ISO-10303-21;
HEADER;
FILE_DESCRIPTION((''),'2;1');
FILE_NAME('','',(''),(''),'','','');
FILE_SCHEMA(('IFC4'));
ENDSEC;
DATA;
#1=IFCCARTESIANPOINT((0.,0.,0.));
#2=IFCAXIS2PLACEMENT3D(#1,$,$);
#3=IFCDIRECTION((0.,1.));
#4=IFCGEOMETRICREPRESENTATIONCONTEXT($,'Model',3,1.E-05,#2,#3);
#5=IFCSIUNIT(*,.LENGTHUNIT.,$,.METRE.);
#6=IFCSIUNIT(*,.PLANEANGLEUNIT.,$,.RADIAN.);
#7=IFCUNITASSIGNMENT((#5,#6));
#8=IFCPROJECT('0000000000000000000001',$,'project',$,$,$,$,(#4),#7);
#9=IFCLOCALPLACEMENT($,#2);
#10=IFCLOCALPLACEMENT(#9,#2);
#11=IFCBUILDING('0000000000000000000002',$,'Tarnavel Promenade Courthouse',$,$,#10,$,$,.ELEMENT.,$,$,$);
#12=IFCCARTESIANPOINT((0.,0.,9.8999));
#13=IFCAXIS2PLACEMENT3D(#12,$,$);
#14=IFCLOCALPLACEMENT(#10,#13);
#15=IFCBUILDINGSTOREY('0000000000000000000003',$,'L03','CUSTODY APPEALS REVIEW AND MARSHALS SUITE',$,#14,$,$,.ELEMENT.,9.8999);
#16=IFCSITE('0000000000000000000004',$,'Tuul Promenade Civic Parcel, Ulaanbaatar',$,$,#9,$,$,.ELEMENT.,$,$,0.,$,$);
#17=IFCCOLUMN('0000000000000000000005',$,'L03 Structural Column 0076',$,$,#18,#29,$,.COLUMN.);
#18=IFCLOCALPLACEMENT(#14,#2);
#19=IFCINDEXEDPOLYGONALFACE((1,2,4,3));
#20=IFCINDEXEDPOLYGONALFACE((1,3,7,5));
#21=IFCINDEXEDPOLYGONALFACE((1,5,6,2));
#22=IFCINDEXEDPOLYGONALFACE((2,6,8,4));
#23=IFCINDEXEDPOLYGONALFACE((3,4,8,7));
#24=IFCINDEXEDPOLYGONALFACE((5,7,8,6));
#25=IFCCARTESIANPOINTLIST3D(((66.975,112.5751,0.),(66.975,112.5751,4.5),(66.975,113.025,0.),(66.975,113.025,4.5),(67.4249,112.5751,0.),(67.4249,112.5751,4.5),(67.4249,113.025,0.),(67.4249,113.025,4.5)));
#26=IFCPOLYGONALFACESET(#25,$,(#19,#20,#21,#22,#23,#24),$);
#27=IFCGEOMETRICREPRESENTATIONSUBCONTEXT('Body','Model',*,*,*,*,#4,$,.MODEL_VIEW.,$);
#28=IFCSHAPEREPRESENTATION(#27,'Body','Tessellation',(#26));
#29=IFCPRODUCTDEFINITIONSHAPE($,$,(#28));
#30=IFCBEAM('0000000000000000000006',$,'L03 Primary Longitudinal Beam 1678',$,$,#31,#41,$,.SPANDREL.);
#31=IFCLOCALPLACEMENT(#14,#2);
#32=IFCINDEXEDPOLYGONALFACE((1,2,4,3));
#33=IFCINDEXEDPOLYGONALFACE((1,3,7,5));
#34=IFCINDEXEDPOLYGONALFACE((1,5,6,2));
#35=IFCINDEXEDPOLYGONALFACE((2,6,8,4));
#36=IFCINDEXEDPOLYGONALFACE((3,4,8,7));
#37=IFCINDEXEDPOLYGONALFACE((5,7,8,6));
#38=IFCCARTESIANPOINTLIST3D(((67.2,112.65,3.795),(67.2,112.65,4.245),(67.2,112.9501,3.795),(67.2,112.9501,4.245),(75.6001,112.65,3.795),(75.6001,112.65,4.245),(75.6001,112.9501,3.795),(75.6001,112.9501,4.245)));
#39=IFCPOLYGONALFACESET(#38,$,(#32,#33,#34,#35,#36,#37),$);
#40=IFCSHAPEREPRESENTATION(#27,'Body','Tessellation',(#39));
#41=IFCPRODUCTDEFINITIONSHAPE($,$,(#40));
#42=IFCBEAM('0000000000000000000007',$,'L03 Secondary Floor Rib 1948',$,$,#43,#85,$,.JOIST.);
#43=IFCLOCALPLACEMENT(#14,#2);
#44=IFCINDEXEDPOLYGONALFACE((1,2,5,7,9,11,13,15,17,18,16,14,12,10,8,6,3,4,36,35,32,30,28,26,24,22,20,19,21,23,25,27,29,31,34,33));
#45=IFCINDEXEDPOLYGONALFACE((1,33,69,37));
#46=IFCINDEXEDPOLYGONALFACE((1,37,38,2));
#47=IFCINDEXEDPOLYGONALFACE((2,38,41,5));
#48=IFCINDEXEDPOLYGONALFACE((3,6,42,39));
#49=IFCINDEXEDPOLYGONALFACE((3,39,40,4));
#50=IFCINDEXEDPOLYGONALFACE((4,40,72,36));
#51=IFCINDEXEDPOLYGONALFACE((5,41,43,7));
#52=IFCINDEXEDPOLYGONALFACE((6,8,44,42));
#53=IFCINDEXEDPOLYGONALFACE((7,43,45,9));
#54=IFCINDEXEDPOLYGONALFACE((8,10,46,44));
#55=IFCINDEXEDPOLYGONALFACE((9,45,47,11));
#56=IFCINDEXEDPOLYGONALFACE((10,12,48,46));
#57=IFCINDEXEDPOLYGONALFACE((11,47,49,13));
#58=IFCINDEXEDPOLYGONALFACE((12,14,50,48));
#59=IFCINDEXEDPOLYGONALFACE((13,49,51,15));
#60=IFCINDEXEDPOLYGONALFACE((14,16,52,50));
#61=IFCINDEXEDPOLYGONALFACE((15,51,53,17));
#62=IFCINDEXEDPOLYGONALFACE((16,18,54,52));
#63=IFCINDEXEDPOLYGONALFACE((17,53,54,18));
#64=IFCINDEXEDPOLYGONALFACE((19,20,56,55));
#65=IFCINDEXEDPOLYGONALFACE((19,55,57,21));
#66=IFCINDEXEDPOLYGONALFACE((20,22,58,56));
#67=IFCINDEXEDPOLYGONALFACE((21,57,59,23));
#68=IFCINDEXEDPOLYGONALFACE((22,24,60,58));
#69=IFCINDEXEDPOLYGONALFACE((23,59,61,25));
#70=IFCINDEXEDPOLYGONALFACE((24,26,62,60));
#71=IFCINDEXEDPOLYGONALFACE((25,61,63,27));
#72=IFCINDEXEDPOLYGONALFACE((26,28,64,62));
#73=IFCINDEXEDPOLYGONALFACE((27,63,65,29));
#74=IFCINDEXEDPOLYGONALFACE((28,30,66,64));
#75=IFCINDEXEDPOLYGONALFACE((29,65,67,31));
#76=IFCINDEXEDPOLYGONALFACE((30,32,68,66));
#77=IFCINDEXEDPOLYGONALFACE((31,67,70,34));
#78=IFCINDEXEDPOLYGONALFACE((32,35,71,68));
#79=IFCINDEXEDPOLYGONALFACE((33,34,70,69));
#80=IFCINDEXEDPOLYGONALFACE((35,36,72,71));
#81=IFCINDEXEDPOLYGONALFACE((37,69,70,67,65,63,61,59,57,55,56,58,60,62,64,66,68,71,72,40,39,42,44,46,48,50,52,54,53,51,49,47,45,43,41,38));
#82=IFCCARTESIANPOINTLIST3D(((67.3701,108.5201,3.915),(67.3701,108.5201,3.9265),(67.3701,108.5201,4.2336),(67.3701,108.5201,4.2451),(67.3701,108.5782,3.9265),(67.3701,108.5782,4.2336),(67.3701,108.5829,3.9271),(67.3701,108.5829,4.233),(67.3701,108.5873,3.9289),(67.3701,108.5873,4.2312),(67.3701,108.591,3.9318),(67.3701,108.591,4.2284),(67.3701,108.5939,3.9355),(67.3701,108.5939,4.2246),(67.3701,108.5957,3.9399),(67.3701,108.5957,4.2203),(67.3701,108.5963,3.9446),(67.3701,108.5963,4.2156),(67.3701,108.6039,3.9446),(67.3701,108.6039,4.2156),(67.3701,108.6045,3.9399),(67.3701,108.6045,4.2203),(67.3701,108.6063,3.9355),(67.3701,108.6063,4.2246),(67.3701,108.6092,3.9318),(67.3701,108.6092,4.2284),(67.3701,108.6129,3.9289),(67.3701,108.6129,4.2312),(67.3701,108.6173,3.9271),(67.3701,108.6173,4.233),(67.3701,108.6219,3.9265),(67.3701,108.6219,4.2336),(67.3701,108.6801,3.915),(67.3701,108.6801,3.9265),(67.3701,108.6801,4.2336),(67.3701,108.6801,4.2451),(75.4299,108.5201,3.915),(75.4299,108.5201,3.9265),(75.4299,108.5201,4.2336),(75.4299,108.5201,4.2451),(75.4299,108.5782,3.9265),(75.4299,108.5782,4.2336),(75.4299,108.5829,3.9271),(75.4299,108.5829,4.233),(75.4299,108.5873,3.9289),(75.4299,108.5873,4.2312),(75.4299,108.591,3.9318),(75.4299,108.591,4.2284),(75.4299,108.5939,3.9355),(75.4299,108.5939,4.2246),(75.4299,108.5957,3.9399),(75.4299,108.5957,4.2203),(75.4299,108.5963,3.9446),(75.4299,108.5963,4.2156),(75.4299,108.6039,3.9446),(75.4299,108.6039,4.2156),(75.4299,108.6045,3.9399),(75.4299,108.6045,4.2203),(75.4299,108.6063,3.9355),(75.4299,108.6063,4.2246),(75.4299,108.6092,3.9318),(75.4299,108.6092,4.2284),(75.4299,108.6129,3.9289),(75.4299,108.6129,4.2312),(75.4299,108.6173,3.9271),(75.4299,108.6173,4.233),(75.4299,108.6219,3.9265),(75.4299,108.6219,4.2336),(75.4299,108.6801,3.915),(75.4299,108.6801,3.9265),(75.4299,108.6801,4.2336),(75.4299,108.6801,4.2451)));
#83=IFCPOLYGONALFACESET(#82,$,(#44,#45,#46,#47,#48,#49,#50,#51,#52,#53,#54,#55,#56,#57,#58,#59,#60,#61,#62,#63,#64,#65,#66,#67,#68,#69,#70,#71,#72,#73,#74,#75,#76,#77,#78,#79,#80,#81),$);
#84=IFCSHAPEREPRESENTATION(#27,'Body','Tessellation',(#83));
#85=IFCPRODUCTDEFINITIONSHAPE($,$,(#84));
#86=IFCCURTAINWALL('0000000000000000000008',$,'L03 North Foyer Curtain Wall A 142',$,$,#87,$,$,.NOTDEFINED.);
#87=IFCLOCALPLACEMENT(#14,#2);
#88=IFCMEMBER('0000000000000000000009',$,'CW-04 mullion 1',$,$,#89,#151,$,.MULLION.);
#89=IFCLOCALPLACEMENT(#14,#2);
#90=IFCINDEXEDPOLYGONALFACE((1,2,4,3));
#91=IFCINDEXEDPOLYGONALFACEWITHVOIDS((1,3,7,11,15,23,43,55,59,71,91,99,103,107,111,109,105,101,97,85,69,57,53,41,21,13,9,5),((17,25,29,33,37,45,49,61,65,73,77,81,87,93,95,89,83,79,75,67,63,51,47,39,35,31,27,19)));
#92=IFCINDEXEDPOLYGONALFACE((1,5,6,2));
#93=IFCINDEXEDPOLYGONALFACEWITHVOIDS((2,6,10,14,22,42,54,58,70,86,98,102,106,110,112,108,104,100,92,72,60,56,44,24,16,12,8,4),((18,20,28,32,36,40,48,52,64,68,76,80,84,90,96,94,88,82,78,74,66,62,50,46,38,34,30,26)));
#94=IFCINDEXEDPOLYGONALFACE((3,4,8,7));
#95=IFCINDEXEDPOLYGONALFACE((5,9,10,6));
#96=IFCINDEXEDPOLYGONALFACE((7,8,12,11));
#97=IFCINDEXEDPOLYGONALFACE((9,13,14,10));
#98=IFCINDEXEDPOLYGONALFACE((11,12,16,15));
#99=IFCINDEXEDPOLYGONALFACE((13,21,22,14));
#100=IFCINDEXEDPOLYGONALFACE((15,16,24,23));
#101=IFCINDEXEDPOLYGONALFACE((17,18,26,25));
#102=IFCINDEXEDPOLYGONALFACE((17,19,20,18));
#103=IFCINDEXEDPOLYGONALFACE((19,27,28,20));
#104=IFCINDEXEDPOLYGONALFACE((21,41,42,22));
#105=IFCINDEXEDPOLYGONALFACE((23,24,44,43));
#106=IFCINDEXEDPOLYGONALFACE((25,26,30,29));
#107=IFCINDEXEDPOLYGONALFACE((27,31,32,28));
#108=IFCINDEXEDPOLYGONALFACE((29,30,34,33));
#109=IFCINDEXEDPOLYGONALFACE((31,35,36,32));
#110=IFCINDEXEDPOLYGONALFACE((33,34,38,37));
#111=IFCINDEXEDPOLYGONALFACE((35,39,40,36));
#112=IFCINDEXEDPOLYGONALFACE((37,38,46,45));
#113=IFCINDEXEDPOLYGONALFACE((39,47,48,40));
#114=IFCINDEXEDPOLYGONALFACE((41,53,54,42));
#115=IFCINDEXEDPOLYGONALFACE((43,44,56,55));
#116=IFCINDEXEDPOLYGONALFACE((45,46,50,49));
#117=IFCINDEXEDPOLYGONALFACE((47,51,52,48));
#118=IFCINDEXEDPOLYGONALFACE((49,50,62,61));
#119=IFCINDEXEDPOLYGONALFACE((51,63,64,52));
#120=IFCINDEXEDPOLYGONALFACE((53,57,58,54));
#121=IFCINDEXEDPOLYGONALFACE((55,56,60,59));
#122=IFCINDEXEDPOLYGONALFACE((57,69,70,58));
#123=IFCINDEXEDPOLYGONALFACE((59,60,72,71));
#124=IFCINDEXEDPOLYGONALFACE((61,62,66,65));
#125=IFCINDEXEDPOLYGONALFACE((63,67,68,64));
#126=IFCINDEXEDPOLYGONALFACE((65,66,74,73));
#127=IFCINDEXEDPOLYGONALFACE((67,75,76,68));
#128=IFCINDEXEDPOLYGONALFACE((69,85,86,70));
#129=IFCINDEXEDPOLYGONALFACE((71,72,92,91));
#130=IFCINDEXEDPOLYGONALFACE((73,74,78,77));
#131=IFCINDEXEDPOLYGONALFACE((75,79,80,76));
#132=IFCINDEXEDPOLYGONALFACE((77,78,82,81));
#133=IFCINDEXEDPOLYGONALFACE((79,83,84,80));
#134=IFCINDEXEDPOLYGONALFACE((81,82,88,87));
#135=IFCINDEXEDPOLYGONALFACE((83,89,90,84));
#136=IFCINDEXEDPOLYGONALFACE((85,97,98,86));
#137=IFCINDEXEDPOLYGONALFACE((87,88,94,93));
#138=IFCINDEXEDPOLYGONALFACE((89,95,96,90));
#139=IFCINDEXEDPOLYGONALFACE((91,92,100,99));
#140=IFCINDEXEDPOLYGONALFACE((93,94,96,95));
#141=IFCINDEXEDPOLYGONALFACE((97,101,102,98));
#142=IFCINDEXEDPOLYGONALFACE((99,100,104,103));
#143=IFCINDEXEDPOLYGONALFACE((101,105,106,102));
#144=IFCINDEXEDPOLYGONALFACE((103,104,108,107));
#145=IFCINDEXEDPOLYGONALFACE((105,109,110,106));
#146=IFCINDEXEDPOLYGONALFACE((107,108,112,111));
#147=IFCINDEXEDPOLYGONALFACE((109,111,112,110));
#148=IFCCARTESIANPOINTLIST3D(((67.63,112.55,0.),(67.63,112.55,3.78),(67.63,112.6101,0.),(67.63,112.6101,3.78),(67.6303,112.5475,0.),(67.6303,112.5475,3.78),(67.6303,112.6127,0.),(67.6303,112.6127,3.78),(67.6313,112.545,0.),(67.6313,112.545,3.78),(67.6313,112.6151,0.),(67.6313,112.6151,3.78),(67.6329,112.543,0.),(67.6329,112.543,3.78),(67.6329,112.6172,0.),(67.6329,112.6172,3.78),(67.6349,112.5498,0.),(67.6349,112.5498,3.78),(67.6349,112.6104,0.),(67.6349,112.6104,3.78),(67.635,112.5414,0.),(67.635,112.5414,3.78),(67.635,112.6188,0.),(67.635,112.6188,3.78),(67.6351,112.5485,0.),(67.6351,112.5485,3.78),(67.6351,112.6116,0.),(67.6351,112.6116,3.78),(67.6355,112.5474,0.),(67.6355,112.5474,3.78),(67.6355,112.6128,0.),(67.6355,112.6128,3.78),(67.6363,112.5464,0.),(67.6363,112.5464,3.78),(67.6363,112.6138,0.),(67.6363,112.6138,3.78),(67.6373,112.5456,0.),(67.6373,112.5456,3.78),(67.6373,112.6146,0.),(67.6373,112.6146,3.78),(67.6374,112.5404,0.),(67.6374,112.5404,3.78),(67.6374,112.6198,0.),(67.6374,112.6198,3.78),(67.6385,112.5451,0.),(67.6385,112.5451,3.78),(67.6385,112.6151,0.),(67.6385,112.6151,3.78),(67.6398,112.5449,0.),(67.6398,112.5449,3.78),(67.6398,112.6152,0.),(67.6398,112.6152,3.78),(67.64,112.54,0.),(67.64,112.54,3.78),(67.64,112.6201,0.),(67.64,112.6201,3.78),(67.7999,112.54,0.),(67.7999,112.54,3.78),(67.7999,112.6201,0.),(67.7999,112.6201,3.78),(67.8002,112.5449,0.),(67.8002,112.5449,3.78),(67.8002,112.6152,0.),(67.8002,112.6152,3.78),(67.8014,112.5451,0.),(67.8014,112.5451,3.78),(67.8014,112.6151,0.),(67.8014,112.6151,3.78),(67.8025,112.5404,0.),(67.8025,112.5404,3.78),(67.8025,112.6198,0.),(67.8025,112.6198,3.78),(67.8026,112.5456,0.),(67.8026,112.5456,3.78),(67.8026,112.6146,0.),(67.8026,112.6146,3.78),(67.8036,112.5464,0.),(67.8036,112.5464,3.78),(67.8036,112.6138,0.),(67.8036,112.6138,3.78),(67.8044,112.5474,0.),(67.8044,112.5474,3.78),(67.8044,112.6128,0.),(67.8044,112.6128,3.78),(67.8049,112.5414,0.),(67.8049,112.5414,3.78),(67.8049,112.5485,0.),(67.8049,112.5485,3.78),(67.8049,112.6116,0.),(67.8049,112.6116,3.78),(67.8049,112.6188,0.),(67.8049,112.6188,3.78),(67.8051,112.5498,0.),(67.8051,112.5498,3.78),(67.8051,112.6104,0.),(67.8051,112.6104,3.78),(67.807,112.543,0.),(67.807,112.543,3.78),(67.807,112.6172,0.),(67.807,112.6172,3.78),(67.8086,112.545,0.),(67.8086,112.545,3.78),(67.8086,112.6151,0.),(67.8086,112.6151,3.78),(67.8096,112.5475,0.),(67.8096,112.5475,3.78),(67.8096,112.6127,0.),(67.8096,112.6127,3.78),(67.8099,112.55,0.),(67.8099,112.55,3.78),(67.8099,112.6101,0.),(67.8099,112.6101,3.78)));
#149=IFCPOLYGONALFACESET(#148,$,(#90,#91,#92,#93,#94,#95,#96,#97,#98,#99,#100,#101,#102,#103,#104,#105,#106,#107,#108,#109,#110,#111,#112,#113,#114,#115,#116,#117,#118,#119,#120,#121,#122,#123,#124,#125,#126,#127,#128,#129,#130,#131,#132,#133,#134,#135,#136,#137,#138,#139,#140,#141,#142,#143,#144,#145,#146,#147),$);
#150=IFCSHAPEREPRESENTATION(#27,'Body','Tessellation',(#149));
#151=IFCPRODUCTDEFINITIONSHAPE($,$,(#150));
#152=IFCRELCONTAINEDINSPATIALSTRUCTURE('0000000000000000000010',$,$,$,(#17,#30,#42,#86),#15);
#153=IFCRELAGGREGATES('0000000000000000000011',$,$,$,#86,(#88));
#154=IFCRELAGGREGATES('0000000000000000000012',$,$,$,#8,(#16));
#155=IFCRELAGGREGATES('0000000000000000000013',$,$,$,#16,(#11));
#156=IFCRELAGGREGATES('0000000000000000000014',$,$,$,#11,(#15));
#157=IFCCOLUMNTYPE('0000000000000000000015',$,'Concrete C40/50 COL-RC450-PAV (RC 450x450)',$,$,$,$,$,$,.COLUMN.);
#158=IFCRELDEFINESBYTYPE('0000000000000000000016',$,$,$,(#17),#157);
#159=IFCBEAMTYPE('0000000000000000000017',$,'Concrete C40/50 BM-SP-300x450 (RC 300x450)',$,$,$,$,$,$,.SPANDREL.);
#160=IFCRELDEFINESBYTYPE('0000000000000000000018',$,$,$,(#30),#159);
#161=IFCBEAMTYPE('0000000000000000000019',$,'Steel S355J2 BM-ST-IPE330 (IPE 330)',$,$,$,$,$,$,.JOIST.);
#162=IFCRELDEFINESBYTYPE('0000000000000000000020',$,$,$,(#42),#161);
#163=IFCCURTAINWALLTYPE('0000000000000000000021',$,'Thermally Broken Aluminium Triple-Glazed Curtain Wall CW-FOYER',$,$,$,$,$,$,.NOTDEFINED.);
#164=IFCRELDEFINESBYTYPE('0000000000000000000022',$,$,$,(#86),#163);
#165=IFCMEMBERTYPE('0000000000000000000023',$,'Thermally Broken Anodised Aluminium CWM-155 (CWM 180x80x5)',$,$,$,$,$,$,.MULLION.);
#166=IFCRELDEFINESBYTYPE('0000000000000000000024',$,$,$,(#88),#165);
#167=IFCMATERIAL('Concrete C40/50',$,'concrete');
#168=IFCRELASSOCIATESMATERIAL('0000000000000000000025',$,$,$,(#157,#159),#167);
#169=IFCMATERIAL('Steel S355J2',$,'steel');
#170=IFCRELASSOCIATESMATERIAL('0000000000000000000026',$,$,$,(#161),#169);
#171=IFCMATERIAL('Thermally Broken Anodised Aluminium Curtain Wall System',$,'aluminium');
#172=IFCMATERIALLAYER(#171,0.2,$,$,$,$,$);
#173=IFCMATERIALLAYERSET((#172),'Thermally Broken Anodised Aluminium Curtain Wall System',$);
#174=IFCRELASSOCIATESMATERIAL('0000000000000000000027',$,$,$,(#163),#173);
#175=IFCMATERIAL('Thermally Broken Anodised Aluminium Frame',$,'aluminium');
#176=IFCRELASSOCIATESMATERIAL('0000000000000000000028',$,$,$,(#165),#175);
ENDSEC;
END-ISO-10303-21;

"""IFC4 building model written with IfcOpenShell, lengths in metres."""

from ifc_helpers import new_model, si_unit, direction, frame, origin, origin_2d, place, context, subcontext, project, spatial, rectangle, hollow_rectangle, i_section, extrude, material, layer, layer_set, material_profile, profile_set, type_object, element, aggregate, save


model = new_model("IFC4")

# Units and contexts
model_context = context("Model", 3, precision=1e-05, world=origin(), true_north=direction((0.0, 1.0)))
body_context = subcontext(model_context, "Body", "Model", "MODEL_VIEW")
ifc_project = project(units=[si_unit("LENGTHUNIT", "METRE"), si_unit("PLANEANGLEUNIT", "RADIAN")], contexts=[model_context])

# Site, building, storey
site_placement = place(None, origin())
site = spatial("IfcSite", under=ifc_project, at=site_placement, Name="Tuul Promenade Civic Parcel, Ulaanbaatar", CompositionType="ELEMENT", RefElevation=0.0)
building_placement = place(site_placement, origin())
building = spatial("IfcBuilding", under=site, at=building_placement, Name="Tarnavel Promenade Courthouse", CompositionType="ELEMENT")
storey_placement = place(building_placement, frame((0.0, 0.0, 9.8999)))
storey = spatial("IfcBuildingStorey", under=building, at=storey_placement, Name="L03", Description="CUSTODY APPEALS REVIEW AND MARSHALS SUITE", CompositionType="ELEMENT", Elevation=9.8999)

# Column
ifc_material_1 = material(Name="Concrete C40/50", Category="concrete")
ifc_material_profile_1 = material_profile(ifc_material_1, rectangle(XDim=0.45, YDim=0.45, at=origin_2d()), Name="RC 450x450")
ifc_profile_set_1 = profile_set([ifc_material_profile_1], Name="Concrete C40/50")
column_type = type_object("IfcColumnType", Name="Concrete C40/50 COL-RC450-PAV (RC 450x450)", PredefinedType="COLUMN", material=ifc_profile_set_1)
column_placement = place(storey_placement, frame((67.2, 112.8, 0.0), z_axis=(0.0, 0.0, 1.0), x_axis=(1.0, 0.0, 0.0)))
element("IfcColumn", 1, at=column_placement, inside=storey, type_object=column_type, Name="L03 Structural Column 0076", PredefinedType="COLUMN", context=body_context, shape_type="SweptSolid", body=[
    extrude(rectangle(XDim=0.45, YDim=0.45, at=origin_2d()), origin(), (0.0, 0.0, 1.0), 4.5),
])

# Beams
ifc_material_profile_2 = material_profile(ifc_material_1, rectangle(XDim=0.3, YDim=0.45, at=origin_2d()), Name="RC 300x450")
ifc_profile_set_2 = profile_set([ifc_material_profile_2], Name="Concrete C40/50")
beam_type_1 = type_object("IfcBeamType", Name="Concrete C40/50 BM-SP-300x450 (RC 300x450)", PredefinedType="SPANDREL", material=ifc_profile_set_2)
beam_1_placement = place(storey_placement, frame((67.2, 112.8, 4.02), z_axis=(1.0, 0.0, 0.0), x_axis=(0.0, 1.0, 0.0)))
element("IfcBeam", 2, at=beam_1_placement, inside=storey, type_object=beam_type_1, Name="L03 Primary Longitudinal Beam 1678", PredefinedType="SPANDREL", context=body_context, shape_type="SweptSolid", body=[
    extrude(rectangle(XDim=0.3, YDim=0.45, at=origin_2d()), origin(), (0.0, 0.0, 1.0), 8.4001),
])
ifc_material_2 = material(Name="Steel S355J2", Category="steel")
ifc_material_profile_3 = material_profile(ifc_material_2, i_section(OverallWidth=0.1599, OverallDepth=0.3301, WebThickness=0.0076, FlangeThickness=0.0115, FilletRadius=0.0181, at=origin_2d()), Name="IPE 330")
ifc_profile_set_3 = profile_set([ifc_material_profile_3], Name="Steel S355J2")
beam_type_2 = type_object("IfcBeamType", Name="Steel S355J2 BM-ST-IPE330 (IPE 330)", PredefinedType="JOIST", material=ifc_profile_set_3)
beam_2_placement = place(storey_placement, frame((67.3701, 108.6001, 4.0801), z_axis=(1.0, 0.0, 0.0), x_axis=(0.0, 1.0, 0.0)))
element("IfcBeam", 3, at=beam_2_placement, inside=storey, type_object=beam_type_2, Name="L03 Secondary Floor Rib 1948", PredefinedType="JOIST", context=body_context, shape_type="SweptSolid", body=[
    extrude(i_section(OverallWidth=0.1599, OverallDepth=0.3301, WebThickness=0.0076, FlangeThickness=0.0115, FilletRadius=0.0181, at=origin_2d()), origin(), (0.0, 0.0, 1.0), 8.0598),
])

# Curtain wall, member
ifc_material_3 = material(Name="Thermally Broken Anodised Aluminium Curtain Wall System", Category="aluminium")
ifc_layer_1 = layer(ifc_material_3, 0.2)
ifc_layer_set_1 = layer_set([ifc_layer_1], Name="Thermally Broken Anodised Aluminium Curtain Wall System")
curtain_wall_type = type_object("IfcCurtainWallType", Name="Thermally Broken Aluminium Triple-Glazed Curtain Wall CW-FOYER", PredefinedType="NOTDEFINED", material=ifc_layer_set_1)
curtain_wall_1_placement = place(storey_placement, origin())
curtain_wall_1 = element("IfcCurtainWall", 4, at=curtain_wall_1_placement, inside=storey, type_object=curtain_wall_type, Name="L03 North Foyer Curtain Wall A 142", PredefinedType="NOTDEFINED")
ifc_material_4 = material(Name="Thermally Broken Anodised Aluminium Frame", Category="aluminium")
ifc_material_profile_4 = material_profile(ifc_material_4, hollow_rectangle(XDim=0.0801, YDim=0.1799, WallThickness=0.0049, InnerFilletRadius=0.0049, OuterFilletRadius=0.01, at=origin_2d()), Name="CWM 180x80x5")
ifc_profile_set_4 = profile_set([ifc_material_profile_4], Name="Thermally Broken Anodised Aluminium Frame")
member_type_1 = type_object("IfcMemberType", Name="Thermally Broken Anodised Aluminium CWM-155 (CWM 180x80x5)", PredefinedType="MULLION", material=ifc_profile_set_4)
member_1_placement = place(storey_placement, frame((67.72, 112.5801, 0.0), z_axis=(0.0, 0.0, 1.0), x_axis=(0.0, 1.0, 0.0)))
member_1 = element("IfcMember", 5, at=member_1_placement, type_object=member_type_1, Name="CW-04 mullion 1", PredefinedType="MULLION", context=body_context, shape_type="SweptSolid", body=[
    extrude(hollow_rectangle(XDim=0.0801, YDim=0.1799, WallThickness=0.0049, InnerFilletRadius=0.0049, OuterFilletRadius=0.01, at=origin_2d()), origin(), (0.0, 0.0, 1.0), 3.78),
])

aggregate(curtain_wall_1, [member_1])

save(model, "model.ifc")
